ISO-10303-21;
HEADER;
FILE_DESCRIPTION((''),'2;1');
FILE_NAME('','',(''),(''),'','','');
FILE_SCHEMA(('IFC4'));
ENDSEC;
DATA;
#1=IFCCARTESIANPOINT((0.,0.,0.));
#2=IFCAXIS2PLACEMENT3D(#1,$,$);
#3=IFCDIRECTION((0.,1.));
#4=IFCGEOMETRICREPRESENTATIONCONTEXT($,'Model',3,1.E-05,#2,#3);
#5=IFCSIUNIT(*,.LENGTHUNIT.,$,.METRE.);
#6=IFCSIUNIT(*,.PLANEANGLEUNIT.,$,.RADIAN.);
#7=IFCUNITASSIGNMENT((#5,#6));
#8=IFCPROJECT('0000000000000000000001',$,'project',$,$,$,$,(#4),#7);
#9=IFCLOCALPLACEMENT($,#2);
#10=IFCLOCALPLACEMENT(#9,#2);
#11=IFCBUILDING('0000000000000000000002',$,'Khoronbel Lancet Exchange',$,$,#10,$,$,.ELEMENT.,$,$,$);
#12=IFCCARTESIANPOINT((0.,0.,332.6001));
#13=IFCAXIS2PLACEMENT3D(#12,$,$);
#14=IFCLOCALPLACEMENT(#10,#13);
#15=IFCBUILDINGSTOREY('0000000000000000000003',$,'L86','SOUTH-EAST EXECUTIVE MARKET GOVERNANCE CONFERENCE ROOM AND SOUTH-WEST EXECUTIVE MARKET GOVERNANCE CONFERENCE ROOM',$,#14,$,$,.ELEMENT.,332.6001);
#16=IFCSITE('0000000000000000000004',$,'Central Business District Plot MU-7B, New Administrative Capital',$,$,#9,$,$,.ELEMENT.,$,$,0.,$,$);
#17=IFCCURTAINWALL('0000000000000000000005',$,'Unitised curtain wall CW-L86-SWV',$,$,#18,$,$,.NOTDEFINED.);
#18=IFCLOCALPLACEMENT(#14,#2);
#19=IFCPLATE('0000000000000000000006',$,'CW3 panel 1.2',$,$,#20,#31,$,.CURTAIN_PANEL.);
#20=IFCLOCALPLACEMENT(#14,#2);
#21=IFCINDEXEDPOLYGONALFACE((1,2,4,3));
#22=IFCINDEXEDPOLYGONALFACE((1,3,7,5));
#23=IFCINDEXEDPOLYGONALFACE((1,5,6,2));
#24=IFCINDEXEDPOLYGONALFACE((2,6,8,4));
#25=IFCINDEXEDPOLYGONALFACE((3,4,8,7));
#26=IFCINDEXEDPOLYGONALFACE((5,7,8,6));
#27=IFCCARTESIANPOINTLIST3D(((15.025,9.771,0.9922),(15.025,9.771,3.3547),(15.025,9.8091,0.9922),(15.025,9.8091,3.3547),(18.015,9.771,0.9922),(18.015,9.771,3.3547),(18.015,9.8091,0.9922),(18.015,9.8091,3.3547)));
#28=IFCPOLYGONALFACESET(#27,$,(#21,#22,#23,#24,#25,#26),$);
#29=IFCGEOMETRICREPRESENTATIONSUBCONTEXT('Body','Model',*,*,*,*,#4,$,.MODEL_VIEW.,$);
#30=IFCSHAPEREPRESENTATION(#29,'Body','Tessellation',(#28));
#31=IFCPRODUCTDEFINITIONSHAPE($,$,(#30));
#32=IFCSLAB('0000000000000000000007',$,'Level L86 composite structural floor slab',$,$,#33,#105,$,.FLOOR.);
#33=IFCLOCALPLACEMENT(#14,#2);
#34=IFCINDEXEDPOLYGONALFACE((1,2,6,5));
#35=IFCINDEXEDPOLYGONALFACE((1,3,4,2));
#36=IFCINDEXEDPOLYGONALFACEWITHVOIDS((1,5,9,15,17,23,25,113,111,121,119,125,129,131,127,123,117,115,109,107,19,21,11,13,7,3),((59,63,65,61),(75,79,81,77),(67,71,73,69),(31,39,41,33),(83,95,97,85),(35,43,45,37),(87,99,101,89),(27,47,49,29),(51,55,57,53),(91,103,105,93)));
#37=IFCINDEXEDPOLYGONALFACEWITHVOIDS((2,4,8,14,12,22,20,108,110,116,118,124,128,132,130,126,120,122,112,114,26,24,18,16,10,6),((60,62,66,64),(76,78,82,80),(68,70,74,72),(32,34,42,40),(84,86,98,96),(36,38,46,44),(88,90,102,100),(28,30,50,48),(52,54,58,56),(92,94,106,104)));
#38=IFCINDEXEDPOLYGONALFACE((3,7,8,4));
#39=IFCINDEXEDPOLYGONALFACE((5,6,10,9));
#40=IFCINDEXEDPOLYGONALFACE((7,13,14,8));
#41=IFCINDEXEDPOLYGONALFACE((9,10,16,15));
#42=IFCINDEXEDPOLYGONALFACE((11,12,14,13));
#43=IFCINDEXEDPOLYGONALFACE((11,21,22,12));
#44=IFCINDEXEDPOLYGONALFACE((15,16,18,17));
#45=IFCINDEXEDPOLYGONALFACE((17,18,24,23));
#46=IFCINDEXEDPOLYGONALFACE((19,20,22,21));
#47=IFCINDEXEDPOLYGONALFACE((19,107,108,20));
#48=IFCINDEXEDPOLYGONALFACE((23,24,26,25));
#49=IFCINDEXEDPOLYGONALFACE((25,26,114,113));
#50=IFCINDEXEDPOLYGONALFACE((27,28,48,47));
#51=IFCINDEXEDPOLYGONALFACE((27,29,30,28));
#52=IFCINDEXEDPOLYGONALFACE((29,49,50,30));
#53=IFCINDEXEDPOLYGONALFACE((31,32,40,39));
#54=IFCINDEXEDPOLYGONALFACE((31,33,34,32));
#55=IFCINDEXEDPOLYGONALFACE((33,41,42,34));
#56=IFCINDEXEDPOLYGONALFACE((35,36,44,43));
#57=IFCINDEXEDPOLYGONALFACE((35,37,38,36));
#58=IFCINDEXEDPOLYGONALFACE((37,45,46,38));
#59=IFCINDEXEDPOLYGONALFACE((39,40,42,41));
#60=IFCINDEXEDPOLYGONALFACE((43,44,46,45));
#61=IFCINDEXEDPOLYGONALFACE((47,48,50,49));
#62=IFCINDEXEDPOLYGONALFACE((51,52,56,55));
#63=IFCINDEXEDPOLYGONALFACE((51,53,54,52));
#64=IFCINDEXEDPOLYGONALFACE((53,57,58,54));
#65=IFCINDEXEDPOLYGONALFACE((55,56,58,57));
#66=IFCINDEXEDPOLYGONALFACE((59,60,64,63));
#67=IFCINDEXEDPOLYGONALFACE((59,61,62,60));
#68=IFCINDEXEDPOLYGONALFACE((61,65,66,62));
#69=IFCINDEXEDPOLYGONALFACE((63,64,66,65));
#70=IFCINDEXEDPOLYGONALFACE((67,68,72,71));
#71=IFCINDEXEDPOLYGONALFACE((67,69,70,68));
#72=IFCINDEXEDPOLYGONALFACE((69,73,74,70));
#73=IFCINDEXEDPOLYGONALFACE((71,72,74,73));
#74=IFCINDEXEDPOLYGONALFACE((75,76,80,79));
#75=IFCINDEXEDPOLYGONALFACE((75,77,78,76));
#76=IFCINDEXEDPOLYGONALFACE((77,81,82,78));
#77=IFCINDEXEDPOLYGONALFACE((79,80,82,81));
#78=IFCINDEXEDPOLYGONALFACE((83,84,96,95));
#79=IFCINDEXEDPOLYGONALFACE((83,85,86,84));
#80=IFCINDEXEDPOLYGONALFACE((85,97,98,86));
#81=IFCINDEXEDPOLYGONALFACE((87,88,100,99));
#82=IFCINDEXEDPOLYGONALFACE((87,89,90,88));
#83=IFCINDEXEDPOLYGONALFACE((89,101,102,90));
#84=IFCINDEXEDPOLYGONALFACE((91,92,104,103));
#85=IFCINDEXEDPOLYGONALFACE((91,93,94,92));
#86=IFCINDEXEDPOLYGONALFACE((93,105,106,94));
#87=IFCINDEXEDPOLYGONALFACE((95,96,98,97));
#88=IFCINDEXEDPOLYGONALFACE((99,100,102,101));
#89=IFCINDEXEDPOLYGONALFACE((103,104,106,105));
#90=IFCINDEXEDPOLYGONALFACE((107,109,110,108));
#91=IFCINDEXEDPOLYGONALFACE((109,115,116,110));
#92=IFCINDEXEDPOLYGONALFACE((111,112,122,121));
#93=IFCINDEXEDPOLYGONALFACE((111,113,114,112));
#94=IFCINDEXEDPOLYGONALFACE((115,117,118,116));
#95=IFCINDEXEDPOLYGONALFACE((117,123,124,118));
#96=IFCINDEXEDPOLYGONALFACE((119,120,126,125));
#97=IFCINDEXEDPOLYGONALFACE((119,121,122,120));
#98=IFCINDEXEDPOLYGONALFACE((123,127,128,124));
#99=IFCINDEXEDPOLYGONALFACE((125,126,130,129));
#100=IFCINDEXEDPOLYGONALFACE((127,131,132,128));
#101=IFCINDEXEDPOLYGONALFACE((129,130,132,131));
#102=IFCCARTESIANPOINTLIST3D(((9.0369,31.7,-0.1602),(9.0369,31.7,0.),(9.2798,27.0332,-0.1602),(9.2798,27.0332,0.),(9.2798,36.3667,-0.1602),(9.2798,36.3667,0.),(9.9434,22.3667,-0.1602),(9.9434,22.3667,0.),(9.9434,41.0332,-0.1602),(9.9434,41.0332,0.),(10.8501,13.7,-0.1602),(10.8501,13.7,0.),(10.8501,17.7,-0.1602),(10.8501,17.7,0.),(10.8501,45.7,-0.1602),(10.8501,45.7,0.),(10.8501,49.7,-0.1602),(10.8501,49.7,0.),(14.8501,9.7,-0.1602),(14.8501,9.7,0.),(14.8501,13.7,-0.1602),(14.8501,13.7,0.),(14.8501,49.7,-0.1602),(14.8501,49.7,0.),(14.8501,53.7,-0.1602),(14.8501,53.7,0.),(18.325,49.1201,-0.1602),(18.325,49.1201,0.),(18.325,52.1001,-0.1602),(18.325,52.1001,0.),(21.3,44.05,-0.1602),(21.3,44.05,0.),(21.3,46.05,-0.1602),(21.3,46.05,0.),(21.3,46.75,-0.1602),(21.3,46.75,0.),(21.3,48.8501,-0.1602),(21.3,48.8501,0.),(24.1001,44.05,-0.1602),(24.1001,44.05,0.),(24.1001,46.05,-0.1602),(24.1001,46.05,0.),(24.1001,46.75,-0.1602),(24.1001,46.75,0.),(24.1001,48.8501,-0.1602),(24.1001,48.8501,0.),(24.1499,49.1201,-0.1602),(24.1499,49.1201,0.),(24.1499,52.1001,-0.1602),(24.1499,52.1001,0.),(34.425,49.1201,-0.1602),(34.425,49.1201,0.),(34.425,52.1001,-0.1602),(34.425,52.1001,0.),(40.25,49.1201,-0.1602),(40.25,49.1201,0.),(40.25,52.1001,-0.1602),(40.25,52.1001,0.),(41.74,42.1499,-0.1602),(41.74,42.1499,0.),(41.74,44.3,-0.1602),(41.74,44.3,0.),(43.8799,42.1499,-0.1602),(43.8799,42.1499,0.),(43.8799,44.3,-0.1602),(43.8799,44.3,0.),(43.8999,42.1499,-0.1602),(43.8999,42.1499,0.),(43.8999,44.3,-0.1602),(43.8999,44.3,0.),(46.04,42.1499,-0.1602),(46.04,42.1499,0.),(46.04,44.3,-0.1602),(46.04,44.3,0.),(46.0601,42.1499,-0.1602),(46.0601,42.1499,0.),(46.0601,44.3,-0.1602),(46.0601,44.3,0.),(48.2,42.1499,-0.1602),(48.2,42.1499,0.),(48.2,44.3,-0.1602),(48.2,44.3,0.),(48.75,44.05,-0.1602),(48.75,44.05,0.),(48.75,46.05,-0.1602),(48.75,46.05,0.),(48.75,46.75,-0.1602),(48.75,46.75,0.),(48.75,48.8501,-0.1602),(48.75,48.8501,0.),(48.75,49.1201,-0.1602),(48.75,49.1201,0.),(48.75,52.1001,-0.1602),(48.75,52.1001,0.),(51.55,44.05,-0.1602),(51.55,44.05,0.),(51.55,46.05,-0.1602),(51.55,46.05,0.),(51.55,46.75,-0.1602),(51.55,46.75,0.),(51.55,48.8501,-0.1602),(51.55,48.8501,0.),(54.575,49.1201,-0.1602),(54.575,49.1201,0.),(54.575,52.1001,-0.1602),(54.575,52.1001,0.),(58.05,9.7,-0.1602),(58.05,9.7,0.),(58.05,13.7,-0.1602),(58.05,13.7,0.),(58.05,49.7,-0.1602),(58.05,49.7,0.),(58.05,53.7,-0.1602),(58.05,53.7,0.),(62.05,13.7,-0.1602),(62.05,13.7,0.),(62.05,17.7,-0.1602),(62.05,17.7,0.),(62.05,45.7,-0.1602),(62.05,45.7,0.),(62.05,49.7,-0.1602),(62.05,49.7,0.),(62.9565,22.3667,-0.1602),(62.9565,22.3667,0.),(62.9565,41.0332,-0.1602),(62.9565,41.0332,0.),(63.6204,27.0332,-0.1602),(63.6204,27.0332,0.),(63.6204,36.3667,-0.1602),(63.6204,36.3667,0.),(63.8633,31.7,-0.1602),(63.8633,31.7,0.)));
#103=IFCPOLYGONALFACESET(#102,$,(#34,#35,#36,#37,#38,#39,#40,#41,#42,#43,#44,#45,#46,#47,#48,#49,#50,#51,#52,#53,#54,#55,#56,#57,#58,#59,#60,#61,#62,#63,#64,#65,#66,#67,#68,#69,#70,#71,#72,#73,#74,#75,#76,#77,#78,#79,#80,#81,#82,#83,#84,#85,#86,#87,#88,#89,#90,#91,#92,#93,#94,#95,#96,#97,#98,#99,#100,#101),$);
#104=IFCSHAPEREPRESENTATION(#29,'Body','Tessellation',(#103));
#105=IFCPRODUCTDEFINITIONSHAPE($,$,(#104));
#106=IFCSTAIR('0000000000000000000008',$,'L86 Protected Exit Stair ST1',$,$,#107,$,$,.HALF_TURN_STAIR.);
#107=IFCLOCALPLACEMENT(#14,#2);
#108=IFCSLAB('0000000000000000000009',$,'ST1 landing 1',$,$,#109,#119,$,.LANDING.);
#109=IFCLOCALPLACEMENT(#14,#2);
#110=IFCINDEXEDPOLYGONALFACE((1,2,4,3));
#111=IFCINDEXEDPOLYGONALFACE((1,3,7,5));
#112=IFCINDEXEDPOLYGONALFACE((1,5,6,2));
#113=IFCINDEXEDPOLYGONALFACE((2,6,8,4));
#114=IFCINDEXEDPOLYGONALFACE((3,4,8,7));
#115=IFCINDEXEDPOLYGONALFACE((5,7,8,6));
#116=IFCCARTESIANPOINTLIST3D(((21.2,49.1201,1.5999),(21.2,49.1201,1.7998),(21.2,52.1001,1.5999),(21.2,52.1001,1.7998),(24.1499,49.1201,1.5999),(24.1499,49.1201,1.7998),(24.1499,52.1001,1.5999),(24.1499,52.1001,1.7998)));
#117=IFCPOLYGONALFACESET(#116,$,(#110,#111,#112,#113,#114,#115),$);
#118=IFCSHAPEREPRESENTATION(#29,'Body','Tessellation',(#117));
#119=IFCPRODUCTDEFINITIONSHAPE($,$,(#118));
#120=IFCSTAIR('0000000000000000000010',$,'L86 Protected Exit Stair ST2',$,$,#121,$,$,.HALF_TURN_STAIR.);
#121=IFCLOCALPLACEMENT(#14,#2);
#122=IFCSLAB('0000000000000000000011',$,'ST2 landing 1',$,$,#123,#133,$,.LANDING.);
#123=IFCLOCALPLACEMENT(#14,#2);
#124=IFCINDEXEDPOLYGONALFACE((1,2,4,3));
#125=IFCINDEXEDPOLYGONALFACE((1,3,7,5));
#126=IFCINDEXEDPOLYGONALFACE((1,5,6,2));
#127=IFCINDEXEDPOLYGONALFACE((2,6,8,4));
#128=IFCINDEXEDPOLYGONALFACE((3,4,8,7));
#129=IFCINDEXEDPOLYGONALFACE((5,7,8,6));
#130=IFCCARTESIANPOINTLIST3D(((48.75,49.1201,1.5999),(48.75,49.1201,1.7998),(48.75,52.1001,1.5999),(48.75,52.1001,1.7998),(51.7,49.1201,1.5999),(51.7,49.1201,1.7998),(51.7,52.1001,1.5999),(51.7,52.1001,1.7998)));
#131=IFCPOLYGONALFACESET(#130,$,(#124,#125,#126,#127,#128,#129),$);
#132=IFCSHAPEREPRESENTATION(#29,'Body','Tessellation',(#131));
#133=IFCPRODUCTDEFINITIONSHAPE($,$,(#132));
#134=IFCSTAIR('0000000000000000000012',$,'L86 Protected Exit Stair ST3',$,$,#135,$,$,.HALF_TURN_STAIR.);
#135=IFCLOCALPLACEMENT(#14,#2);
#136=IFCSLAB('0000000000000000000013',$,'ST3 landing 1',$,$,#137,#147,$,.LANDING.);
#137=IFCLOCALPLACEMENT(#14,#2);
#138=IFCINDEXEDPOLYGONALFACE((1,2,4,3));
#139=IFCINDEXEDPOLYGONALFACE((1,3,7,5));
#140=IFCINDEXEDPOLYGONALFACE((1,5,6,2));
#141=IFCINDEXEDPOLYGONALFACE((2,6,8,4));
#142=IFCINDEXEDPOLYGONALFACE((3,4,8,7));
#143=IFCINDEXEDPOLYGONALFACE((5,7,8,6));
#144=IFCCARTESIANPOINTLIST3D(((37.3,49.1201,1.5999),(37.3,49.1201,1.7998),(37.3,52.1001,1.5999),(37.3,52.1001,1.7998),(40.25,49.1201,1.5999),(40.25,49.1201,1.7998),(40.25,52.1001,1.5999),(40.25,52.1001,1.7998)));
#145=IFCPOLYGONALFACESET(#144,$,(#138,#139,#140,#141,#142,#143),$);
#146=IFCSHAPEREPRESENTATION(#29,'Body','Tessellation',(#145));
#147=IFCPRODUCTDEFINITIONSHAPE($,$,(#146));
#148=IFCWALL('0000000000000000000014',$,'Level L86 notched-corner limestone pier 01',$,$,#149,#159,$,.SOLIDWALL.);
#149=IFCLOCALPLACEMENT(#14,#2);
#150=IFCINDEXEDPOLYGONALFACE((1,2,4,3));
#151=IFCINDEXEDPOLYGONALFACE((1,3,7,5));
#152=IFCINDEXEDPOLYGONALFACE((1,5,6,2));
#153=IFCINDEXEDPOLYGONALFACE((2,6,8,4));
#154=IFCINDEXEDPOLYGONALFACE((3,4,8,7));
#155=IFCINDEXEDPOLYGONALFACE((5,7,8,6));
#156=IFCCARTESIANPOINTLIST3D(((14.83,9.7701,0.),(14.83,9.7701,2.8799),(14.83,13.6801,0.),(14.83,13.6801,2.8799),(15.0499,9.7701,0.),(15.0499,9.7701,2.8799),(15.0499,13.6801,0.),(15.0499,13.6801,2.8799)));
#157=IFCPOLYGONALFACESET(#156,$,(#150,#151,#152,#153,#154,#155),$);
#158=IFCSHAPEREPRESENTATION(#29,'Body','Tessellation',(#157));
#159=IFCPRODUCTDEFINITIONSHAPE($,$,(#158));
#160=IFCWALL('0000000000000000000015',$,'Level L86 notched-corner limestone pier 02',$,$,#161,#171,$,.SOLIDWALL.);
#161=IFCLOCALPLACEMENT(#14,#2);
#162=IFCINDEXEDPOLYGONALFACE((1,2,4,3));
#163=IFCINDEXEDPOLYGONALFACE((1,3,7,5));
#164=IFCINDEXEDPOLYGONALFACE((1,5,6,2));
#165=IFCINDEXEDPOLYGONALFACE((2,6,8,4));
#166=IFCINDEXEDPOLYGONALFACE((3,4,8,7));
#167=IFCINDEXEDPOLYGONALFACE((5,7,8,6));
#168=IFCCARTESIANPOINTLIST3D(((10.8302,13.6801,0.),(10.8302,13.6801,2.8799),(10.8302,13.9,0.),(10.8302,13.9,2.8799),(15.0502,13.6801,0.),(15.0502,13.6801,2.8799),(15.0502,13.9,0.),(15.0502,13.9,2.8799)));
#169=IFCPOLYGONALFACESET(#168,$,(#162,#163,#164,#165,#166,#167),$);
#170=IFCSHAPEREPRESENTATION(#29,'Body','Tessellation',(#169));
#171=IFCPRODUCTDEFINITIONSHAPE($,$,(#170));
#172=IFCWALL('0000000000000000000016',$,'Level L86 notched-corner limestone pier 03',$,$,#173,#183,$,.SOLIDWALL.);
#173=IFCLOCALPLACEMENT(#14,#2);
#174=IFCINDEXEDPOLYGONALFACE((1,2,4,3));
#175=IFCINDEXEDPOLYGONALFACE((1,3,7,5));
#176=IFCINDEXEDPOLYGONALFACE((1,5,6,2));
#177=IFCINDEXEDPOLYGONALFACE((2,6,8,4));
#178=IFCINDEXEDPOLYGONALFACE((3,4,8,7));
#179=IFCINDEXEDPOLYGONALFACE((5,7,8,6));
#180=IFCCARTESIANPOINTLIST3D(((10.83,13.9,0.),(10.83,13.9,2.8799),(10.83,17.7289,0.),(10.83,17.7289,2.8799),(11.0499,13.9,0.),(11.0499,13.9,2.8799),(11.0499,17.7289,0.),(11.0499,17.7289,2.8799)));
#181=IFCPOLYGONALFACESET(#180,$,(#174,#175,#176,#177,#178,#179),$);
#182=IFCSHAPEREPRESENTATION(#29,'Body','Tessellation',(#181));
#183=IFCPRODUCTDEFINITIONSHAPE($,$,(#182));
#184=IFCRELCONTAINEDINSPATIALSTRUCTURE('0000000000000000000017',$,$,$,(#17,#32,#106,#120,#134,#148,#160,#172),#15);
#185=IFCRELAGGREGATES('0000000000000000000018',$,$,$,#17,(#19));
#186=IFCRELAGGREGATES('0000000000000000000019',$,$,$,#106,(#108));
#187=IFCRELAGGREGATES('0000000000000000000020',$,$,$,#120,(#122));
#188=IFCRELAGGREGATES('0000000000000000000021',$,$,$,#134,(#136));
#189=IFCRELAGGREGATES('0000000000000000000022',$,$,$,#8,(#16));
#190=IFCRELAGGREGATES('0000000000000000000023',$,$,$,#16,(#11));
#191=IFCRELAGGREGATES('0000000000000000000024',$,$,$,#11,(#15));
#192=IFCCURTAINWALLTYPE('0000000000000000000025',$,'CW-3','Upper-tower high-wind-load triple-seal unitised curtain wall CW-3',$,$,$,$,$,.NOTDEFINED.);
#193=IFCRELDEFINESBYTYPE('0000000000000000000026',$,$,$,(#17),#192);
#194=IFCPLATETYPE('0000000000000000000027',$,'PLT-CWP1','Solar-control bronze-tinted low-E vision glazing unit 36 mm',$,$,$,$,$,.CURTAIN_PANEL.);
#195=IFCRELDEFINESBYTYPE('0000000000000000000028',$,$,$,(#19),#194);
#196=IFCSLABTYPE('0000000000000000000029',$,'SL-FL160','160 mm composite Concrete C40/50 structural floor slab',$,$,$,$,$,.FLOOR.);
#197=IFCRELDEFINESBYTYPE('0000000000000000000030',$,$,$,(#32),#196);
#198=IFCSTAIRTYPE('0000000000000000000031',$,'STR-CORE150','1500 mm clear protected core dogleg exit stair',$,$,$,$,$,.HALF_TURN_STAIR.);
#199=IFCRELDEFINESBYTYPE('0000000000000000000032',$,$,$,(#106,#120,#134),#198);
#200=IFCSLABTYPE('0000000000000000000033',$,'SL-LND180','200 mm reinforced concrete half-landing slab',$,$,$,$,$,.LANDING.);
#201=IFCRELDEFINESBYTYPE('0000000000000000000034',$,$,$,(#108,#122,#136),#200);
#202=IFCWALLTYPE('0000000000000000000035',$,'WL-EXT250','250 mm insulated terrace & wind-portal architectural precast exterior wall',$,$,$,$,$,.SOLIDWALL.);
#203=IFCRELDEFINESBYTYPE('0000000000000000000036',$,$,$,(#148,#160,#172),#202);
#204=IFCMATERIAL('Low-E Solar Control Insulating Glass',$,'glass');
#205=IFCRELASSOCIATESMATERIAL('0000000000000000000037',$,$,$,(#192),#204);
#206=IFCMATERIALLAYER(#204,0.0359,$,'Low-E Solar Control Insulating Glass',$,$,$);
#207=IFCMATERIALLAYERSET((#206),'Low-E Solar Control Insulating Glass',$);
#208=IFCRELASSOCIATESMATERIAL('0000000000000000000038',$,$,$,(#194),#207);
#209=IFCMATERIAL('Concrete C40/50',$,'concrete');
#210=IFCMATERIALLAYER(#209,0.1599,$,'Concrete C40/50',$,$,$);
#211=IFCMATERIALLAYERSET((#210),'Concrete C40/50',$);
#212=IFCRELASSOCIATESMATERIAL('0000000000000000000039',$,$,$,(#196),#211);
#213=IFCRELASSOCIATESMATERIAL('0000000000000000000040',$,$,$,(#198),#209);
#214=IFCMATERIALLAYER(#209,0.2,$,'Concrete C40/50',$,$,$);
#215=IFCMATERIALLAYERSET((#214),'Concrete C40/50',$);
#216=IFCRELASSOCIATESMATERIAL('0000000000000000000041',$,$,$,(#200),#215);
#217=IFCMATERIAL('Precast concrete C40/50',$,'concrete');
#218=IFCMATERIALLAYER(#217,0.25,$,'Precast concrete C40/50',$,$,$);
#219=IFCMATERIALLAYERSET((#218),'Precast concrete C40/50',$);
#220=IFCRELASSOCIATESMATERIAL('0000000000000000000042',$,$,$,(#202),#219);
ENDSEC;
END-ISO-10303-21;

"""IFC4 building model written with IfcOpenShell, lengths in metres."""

from ifc_helpers import new_model, si_unit, direction, frame, frame_2d, origin, origin_2d, place, context, subcontext, project, spatial, polyline, rectangle, outline, extrude, material, layer, layer_set, type_object, element, aggregate, save


model = new_model("IFC4")

# Units and contexts
model_context = context("Model", 3, precision=1e-05, world=origin(), true_north=direction((0.0, 1.0)))
body_context = subcontext(model_context, "Body", "Model", "MODEL_VIEW")
ifc_project = project(units=[si_unit("LENGTHUNIT", "METRE"), si_unit("PLANEANGLEUNIT", "RADIAN")], contexts=[model_context])

# Site, building, storey
site_placement = place(None, origin())
site = spatial("IfcSite", under=ifc_project, at=site_placement, Name="Central Business District Plot MU-7B, New Administrative Capital", CompositionType="ELEMENT", RefElevation=0.0)
building_placement = place(site_placement, origin())
building = spatial("IfcBuilding", under=site, at=building_placement, Name="Khoronbel Lancet Exchange", CompositionType="ELEMENT")
storey_placement = place(building_placement, frame((0.0, 0.0, 332.6001)))
storey = spatial("IfcBuildingStorey", under=building, at=storey_placement, Name="L86", Description="SOUTH-EAST EXECUTIVE MARKET GOVERNANCE CONFERENCE ROOM AND SOUTH-WEST EXECUTIVE MARKET GOVERNANCE CONFERENCE ROOM", CompositionType="ELEMENT", Elevation=332.6001)

# Curtain wall
ifc_material_1 = material(Name="Low-E Solar Control Insulating Glass", Category="glass")
curtain_wall_type = type_object("IfcCurtainWallType", Name="CW-3", Description="Upper-tower high-wind-load triple-seal unitised curtain wall CW-3", PredefinedType="NOTDEFINED", material=ifc_material_1)
curtain_wall_1_placement = place(storey_placement, origin())
curtain_wall_1 = element("IfcCurtainWall", 1, at=curtain_wall_1_placement, inside=storey, type_object=curtain_wall_type, Name="Unitised curtain wall CW-L86-SWV", PredefinedType="NOTDEFINED")

# Plate
ifc_layer_1 = layer(ifc_material_1, 0.0359, Name="Low-E Solar Control Insulating Glass")
ifc_layer_set_1 = layer_set([ifc_layer_1], Name="Low-E Solar Control Insulating Glass")
plate_type = type_object("IfcPlateType", Name="PLT-CWP1", Description="Solar-control bronze-tinted low-E vision glazing unit 36 mm", PredefinedType="CURTAIN_PANEL", material=ifc_layer_set_1)
plate_1_placement = place(storey_placement, frame((16.52, 9.79, 0.9922), z_axis=(0.0, 0.0, 1.0), x_axis=(1.0, 0.0, 0.0)))
plate_1 = element("IfcPlate", 2, at=plate_1_placement, type_object=plate_type, Name="CW3 panel 1.2", PredefinedType="CURTAIN_PANEL", context=body_context, shape_type="SweptSolid", body=[
    extrude(rectangle(XDim=2.99, YDim=0.0381, at=origin_2d()), origin(), (0.0, 0.0, 1.0), 2.3625),
])
aggregate(curtain_wall_1, [plate_1])

# Slab
ifc_material_2 = material(Name="Concrete C40/50", Category="concrete")
ifc_layer_2 = layer(ifc_material_2, 0.1599, Name="Concrete C40/50")
ifc_layer_set_2 = layer_set([ifc_layer_2], Name="Concrete C40/50")
slab_type_1 = type_object("IfcSlabType", Name="SL-FL160", Description="160 mm composite Concrete C40/50 structural floor slab", PredefinedType="FLOOR", material=ifc_layer_set_2)
slab_1_placement = place(storey_placement, frame((0.0, 0.0, -0.1602)))
element("IfcSlab", 3, at=slab_1_placement, inside=storey, type_object=slab_type_1, Name="Level L86 composite structural floor slab", PredefinedType="FLOOR", context=body_context, shape_type="SweptSolid", body=[
    extrude(outline(polyline([(14.8501, 9.7), (58.05, 9.7), (58.05, 13.7), (62.05, 13.7), (62.05, 17.7), (62.9565, 22.3667), (63.6204, 27.0332), (63.8633, 31.7), (63.6204, 36.3667), (62.9565, 41.0332), (62.05, 45.7), (62.05, 49.7), (58.05, 49.7), (58.05, 53.7), (14.8501, 53.7), (14.8501, 49.7), (10.8501, 49.7), (10.8501, 45.7), (9.9434, 41.0332), (9.2798, 36.3667), (9.0369, 31.7), (9.2798, 27.0332), (9.9434, 22.3667), (10.8501, 17.7), (10.8501, 13.7), (14.8501, 13.7), (14.8501, 9.7)]), holes=[polyline([(18.325, 49.1201), (24.1499, 49.1201), (24.1499, 52.1001), (18.325, 52.1001), (18.325, 49.1201)]), polyline([(48.75, 49.1201), (54.575, 49.1201), (54.575, 52.1001), (48.75, 52.1001), (48.75, 49.1201)]), polyline([(34.425, 49.1201), (40.25, 49.1201), (40.25, 52.1001), (34.425, 52.1001), (34.425, 49.1201)]), polyline([(41.74, 42.1499), (43.8799, 42.1499), (43.8799, 44.3), (41.74, 44.3), (41.74, 42.1499)]), polyline([(43.8999, 42.1499), (46.04, 42.1499), (46.04, 44.3), (43.8999, 44.3), (43.8999, 42.1499)]), polyline([(46.0601, 42.1499), (48.2, 42.1499), (48.2, 44.3), (46.0601, 44.3), (46.0601, 42.1499)]), polyline([(21.3, 46.75), (24.1001, 46.75), (24.1001, 48.8501), (21.3, 48.8501), (21.3, 46.75)]), polyline([(48.75, 46.75), (51.55, 46.75), (51.55, 48.8501), (48.75, 48.8501), (48.75, 46.75)]), polyline([(21.3, 44.05), (24.1001, 44.05), (24.1001, 46.05), (21.3, 46.05), (21.3, 44.05)]), polyline([(48.75, 44.05), (51.55, 44.05), (51.55, 46.05), (48.75, 46.05), (48.75, 44.05)])]), origin(), (0.0, 0.0, 1.0), 0.1602),
])

# Stairs, slabs
stair_type = type_object("IfcStairType", Name="STR-CORE150", Description="1500 mm clear protected core dogleg exit stair", PredefinedType="HALF_TURN_STAIR", material=ifc_material_2)
stair_1_placement = place(storey_placement, origin())
stair_1 = element("IfcStair", 4, at=stair_1_placement, inside=storey, type_object=stair_type, Name="L86 Protected Exit Stair ST1", PredefinedType="HALF_TURN_STAIR")
ifc_layer_3 = layer(ifc_material_2, 0.2, Name="Concrete C40/50")
ifc_layer_set_3 = layer_set([ifc_layer_3], Name="Concrete C40/50")
slab_type_2 = type_object("IfcSlabType", Name="SL-LND180", Description="200 mm reinforced concrete half-landing slab", PredefinedType="LANDING", material=ifc_layer_set_3)
slab_2_placement = place(storey_placement, frame((0.0, 0.0, 1.5999)))
slab_2 = element("IfcSlab", 5, at=slab_2_placement, type_object=slab_type_2, Name="ST1 landing 1", PredefinedType="LANDING", context=body_context, shape_type="SweptSolid", body=[
    extrude(outline(polyline([(21.2, 49.1201), (24.1499, 49.1201), (24.1499, 52.1001), (21.2, 52.1001), (21.2, 49.1201)])), origin(), (0.0, 0.0, 1.0), 0.2),
])
aggregate(stair_1, [slab_2])
stair_2_placement = place(storey_placement, origin())
stair_2 = element("IfcStair", 6, at=stair_2_placement, inside=storey, type_object=stair_type, Name="L86 Protected Exit Stair ST2", PredefinedType="HALF_TURN_STAIR")
slab_3_placement = place(storey_placement, frame((0.0, 0.0, 1.5999)))
slab_3 = element("IfcSlab", 7, at=slab_3_placement, type_object=slab_type_2, Name="ST2 landing 1", PredefinedType="LANDING", context=body_context, shape_type="SweptSolid", body=[
    extrude(outline(polyline([(51.7, 52.1001), (48.75, 52.1001), (48.75, 49.1201), (51.7, 49.1201), (51.7, 52.1001)])), origin(), (0.0, 0.0, 1.0), 0.2),
])
aggregate(stair_2, [slab_3])
stair_3_placement = place(storey_placement, origin())
stair_3 = element("IfcStair", 8, at=stair_3_placement, inside=storey, type_object=stair_type, Name="L86 Protected Exit Stair ST3", PredefinedType="HALF_TURN_STAIR")
slab_4_placement = place(storey_placement, frame((0.0, 0.0, 1.5999)))
slab_4 = element("IfcSlab", 9, at=slab_4_placement, type_object=slab_type_2, Name="ST3 landing 1", PredefinedType="LANDING", context=body_context, shape_type="SweptSolid", body=[
    extrude(outline(polyline([(37.3, 49.1201), (40.25, 49.1201), (40.25, 52.1001), (37.3, 52.1001), (37.3, 49.1201)])), origin(), (0.0, 0.0, 1.0), 0.2),
])
aggregate(stair_3, [slab_4])

# Walls
ifc_material_3 = material(Name="Precast concrete C40/50", Category="concrete")
ifc_layer_4 = layer(ifc_material_3, 0.25, Name="Precast concrete C40/50")
ifc_layer_set_4 = layer_set([ifc_layer_4], Name="Precast concrete C40/50")
wall_type_1 = type_object("IfcWallType", Name="WL-EXT250", Description="250 mm insulated terrace & wind-portal architectural precast exterior wall", PredefinedType="SOLIDWALL", material=ifc_layer_set_4)
wall_1_placement = place(storey_placement, frame((14.9399, 9.77, 0.0), z_axis=(0.0, 0.0, 1.0), x_axis=(0.0, 1.0, 0.0)))
element("IfcWall", 10, at=wall_1_placement, inside=storey, type_object=wall_type_1, Name="Level L86 notched-corner limestone pier 01", PredefinedType="SOLIDWALL", context=body_context, shape_type="SweptSolid", body=[
    extrude(rectangle(XDim=3.9099, YDim=0.22, at=frame_2d((1.9551, 0.0))), origin(), (0.0, 0.0, 1.0), 2.8799),
])
wall_2_placement = place(storey_placement, frame((15.05, 13.79, 0.0), z_axis=(0.0, 0.0, 1.0), x_axis=(-1.0, 0.0, 0.0)))
element("IfcWall", 11, at=wall_2_placement, inside=storey, type_object=wall_type_1, Name="Level L86 notched-corner limestone pier 02", PredefinedType="SOLIDWALL", context=body_context, shape_type="SweptSolid", body=[
    extrude(rectangle(XDim=4.22, YDim=0.22, at=frame_2d((2.1099, 0.0))), origin(), (0.0, 0.0, 1.0), 2.8799),
])
wall_3_placement = place(storey_placement, frame((10.9399, 13.8999, 0.0), z_axis=(0.0, 0.0, 1.0), x_axis=(0.0, 1.0, 0.0)))
element("IfcWall", 12, at=wall_3_placement, inside=storey, type_object=wall_type_1, Name="Level L86 notched-corner limestone pier 03", PredefinedType="SOLIDWALL", context=body_context, shape_type="SweptSolid", body=[
    extrude(rectangle(XDim=3.8289, YDim=0.22, at=frame_2d((1.9146, 0.0))), origin(), (0.0, 0.0, 1.0), 2.8799),
])

save(model, "model.ifc")
